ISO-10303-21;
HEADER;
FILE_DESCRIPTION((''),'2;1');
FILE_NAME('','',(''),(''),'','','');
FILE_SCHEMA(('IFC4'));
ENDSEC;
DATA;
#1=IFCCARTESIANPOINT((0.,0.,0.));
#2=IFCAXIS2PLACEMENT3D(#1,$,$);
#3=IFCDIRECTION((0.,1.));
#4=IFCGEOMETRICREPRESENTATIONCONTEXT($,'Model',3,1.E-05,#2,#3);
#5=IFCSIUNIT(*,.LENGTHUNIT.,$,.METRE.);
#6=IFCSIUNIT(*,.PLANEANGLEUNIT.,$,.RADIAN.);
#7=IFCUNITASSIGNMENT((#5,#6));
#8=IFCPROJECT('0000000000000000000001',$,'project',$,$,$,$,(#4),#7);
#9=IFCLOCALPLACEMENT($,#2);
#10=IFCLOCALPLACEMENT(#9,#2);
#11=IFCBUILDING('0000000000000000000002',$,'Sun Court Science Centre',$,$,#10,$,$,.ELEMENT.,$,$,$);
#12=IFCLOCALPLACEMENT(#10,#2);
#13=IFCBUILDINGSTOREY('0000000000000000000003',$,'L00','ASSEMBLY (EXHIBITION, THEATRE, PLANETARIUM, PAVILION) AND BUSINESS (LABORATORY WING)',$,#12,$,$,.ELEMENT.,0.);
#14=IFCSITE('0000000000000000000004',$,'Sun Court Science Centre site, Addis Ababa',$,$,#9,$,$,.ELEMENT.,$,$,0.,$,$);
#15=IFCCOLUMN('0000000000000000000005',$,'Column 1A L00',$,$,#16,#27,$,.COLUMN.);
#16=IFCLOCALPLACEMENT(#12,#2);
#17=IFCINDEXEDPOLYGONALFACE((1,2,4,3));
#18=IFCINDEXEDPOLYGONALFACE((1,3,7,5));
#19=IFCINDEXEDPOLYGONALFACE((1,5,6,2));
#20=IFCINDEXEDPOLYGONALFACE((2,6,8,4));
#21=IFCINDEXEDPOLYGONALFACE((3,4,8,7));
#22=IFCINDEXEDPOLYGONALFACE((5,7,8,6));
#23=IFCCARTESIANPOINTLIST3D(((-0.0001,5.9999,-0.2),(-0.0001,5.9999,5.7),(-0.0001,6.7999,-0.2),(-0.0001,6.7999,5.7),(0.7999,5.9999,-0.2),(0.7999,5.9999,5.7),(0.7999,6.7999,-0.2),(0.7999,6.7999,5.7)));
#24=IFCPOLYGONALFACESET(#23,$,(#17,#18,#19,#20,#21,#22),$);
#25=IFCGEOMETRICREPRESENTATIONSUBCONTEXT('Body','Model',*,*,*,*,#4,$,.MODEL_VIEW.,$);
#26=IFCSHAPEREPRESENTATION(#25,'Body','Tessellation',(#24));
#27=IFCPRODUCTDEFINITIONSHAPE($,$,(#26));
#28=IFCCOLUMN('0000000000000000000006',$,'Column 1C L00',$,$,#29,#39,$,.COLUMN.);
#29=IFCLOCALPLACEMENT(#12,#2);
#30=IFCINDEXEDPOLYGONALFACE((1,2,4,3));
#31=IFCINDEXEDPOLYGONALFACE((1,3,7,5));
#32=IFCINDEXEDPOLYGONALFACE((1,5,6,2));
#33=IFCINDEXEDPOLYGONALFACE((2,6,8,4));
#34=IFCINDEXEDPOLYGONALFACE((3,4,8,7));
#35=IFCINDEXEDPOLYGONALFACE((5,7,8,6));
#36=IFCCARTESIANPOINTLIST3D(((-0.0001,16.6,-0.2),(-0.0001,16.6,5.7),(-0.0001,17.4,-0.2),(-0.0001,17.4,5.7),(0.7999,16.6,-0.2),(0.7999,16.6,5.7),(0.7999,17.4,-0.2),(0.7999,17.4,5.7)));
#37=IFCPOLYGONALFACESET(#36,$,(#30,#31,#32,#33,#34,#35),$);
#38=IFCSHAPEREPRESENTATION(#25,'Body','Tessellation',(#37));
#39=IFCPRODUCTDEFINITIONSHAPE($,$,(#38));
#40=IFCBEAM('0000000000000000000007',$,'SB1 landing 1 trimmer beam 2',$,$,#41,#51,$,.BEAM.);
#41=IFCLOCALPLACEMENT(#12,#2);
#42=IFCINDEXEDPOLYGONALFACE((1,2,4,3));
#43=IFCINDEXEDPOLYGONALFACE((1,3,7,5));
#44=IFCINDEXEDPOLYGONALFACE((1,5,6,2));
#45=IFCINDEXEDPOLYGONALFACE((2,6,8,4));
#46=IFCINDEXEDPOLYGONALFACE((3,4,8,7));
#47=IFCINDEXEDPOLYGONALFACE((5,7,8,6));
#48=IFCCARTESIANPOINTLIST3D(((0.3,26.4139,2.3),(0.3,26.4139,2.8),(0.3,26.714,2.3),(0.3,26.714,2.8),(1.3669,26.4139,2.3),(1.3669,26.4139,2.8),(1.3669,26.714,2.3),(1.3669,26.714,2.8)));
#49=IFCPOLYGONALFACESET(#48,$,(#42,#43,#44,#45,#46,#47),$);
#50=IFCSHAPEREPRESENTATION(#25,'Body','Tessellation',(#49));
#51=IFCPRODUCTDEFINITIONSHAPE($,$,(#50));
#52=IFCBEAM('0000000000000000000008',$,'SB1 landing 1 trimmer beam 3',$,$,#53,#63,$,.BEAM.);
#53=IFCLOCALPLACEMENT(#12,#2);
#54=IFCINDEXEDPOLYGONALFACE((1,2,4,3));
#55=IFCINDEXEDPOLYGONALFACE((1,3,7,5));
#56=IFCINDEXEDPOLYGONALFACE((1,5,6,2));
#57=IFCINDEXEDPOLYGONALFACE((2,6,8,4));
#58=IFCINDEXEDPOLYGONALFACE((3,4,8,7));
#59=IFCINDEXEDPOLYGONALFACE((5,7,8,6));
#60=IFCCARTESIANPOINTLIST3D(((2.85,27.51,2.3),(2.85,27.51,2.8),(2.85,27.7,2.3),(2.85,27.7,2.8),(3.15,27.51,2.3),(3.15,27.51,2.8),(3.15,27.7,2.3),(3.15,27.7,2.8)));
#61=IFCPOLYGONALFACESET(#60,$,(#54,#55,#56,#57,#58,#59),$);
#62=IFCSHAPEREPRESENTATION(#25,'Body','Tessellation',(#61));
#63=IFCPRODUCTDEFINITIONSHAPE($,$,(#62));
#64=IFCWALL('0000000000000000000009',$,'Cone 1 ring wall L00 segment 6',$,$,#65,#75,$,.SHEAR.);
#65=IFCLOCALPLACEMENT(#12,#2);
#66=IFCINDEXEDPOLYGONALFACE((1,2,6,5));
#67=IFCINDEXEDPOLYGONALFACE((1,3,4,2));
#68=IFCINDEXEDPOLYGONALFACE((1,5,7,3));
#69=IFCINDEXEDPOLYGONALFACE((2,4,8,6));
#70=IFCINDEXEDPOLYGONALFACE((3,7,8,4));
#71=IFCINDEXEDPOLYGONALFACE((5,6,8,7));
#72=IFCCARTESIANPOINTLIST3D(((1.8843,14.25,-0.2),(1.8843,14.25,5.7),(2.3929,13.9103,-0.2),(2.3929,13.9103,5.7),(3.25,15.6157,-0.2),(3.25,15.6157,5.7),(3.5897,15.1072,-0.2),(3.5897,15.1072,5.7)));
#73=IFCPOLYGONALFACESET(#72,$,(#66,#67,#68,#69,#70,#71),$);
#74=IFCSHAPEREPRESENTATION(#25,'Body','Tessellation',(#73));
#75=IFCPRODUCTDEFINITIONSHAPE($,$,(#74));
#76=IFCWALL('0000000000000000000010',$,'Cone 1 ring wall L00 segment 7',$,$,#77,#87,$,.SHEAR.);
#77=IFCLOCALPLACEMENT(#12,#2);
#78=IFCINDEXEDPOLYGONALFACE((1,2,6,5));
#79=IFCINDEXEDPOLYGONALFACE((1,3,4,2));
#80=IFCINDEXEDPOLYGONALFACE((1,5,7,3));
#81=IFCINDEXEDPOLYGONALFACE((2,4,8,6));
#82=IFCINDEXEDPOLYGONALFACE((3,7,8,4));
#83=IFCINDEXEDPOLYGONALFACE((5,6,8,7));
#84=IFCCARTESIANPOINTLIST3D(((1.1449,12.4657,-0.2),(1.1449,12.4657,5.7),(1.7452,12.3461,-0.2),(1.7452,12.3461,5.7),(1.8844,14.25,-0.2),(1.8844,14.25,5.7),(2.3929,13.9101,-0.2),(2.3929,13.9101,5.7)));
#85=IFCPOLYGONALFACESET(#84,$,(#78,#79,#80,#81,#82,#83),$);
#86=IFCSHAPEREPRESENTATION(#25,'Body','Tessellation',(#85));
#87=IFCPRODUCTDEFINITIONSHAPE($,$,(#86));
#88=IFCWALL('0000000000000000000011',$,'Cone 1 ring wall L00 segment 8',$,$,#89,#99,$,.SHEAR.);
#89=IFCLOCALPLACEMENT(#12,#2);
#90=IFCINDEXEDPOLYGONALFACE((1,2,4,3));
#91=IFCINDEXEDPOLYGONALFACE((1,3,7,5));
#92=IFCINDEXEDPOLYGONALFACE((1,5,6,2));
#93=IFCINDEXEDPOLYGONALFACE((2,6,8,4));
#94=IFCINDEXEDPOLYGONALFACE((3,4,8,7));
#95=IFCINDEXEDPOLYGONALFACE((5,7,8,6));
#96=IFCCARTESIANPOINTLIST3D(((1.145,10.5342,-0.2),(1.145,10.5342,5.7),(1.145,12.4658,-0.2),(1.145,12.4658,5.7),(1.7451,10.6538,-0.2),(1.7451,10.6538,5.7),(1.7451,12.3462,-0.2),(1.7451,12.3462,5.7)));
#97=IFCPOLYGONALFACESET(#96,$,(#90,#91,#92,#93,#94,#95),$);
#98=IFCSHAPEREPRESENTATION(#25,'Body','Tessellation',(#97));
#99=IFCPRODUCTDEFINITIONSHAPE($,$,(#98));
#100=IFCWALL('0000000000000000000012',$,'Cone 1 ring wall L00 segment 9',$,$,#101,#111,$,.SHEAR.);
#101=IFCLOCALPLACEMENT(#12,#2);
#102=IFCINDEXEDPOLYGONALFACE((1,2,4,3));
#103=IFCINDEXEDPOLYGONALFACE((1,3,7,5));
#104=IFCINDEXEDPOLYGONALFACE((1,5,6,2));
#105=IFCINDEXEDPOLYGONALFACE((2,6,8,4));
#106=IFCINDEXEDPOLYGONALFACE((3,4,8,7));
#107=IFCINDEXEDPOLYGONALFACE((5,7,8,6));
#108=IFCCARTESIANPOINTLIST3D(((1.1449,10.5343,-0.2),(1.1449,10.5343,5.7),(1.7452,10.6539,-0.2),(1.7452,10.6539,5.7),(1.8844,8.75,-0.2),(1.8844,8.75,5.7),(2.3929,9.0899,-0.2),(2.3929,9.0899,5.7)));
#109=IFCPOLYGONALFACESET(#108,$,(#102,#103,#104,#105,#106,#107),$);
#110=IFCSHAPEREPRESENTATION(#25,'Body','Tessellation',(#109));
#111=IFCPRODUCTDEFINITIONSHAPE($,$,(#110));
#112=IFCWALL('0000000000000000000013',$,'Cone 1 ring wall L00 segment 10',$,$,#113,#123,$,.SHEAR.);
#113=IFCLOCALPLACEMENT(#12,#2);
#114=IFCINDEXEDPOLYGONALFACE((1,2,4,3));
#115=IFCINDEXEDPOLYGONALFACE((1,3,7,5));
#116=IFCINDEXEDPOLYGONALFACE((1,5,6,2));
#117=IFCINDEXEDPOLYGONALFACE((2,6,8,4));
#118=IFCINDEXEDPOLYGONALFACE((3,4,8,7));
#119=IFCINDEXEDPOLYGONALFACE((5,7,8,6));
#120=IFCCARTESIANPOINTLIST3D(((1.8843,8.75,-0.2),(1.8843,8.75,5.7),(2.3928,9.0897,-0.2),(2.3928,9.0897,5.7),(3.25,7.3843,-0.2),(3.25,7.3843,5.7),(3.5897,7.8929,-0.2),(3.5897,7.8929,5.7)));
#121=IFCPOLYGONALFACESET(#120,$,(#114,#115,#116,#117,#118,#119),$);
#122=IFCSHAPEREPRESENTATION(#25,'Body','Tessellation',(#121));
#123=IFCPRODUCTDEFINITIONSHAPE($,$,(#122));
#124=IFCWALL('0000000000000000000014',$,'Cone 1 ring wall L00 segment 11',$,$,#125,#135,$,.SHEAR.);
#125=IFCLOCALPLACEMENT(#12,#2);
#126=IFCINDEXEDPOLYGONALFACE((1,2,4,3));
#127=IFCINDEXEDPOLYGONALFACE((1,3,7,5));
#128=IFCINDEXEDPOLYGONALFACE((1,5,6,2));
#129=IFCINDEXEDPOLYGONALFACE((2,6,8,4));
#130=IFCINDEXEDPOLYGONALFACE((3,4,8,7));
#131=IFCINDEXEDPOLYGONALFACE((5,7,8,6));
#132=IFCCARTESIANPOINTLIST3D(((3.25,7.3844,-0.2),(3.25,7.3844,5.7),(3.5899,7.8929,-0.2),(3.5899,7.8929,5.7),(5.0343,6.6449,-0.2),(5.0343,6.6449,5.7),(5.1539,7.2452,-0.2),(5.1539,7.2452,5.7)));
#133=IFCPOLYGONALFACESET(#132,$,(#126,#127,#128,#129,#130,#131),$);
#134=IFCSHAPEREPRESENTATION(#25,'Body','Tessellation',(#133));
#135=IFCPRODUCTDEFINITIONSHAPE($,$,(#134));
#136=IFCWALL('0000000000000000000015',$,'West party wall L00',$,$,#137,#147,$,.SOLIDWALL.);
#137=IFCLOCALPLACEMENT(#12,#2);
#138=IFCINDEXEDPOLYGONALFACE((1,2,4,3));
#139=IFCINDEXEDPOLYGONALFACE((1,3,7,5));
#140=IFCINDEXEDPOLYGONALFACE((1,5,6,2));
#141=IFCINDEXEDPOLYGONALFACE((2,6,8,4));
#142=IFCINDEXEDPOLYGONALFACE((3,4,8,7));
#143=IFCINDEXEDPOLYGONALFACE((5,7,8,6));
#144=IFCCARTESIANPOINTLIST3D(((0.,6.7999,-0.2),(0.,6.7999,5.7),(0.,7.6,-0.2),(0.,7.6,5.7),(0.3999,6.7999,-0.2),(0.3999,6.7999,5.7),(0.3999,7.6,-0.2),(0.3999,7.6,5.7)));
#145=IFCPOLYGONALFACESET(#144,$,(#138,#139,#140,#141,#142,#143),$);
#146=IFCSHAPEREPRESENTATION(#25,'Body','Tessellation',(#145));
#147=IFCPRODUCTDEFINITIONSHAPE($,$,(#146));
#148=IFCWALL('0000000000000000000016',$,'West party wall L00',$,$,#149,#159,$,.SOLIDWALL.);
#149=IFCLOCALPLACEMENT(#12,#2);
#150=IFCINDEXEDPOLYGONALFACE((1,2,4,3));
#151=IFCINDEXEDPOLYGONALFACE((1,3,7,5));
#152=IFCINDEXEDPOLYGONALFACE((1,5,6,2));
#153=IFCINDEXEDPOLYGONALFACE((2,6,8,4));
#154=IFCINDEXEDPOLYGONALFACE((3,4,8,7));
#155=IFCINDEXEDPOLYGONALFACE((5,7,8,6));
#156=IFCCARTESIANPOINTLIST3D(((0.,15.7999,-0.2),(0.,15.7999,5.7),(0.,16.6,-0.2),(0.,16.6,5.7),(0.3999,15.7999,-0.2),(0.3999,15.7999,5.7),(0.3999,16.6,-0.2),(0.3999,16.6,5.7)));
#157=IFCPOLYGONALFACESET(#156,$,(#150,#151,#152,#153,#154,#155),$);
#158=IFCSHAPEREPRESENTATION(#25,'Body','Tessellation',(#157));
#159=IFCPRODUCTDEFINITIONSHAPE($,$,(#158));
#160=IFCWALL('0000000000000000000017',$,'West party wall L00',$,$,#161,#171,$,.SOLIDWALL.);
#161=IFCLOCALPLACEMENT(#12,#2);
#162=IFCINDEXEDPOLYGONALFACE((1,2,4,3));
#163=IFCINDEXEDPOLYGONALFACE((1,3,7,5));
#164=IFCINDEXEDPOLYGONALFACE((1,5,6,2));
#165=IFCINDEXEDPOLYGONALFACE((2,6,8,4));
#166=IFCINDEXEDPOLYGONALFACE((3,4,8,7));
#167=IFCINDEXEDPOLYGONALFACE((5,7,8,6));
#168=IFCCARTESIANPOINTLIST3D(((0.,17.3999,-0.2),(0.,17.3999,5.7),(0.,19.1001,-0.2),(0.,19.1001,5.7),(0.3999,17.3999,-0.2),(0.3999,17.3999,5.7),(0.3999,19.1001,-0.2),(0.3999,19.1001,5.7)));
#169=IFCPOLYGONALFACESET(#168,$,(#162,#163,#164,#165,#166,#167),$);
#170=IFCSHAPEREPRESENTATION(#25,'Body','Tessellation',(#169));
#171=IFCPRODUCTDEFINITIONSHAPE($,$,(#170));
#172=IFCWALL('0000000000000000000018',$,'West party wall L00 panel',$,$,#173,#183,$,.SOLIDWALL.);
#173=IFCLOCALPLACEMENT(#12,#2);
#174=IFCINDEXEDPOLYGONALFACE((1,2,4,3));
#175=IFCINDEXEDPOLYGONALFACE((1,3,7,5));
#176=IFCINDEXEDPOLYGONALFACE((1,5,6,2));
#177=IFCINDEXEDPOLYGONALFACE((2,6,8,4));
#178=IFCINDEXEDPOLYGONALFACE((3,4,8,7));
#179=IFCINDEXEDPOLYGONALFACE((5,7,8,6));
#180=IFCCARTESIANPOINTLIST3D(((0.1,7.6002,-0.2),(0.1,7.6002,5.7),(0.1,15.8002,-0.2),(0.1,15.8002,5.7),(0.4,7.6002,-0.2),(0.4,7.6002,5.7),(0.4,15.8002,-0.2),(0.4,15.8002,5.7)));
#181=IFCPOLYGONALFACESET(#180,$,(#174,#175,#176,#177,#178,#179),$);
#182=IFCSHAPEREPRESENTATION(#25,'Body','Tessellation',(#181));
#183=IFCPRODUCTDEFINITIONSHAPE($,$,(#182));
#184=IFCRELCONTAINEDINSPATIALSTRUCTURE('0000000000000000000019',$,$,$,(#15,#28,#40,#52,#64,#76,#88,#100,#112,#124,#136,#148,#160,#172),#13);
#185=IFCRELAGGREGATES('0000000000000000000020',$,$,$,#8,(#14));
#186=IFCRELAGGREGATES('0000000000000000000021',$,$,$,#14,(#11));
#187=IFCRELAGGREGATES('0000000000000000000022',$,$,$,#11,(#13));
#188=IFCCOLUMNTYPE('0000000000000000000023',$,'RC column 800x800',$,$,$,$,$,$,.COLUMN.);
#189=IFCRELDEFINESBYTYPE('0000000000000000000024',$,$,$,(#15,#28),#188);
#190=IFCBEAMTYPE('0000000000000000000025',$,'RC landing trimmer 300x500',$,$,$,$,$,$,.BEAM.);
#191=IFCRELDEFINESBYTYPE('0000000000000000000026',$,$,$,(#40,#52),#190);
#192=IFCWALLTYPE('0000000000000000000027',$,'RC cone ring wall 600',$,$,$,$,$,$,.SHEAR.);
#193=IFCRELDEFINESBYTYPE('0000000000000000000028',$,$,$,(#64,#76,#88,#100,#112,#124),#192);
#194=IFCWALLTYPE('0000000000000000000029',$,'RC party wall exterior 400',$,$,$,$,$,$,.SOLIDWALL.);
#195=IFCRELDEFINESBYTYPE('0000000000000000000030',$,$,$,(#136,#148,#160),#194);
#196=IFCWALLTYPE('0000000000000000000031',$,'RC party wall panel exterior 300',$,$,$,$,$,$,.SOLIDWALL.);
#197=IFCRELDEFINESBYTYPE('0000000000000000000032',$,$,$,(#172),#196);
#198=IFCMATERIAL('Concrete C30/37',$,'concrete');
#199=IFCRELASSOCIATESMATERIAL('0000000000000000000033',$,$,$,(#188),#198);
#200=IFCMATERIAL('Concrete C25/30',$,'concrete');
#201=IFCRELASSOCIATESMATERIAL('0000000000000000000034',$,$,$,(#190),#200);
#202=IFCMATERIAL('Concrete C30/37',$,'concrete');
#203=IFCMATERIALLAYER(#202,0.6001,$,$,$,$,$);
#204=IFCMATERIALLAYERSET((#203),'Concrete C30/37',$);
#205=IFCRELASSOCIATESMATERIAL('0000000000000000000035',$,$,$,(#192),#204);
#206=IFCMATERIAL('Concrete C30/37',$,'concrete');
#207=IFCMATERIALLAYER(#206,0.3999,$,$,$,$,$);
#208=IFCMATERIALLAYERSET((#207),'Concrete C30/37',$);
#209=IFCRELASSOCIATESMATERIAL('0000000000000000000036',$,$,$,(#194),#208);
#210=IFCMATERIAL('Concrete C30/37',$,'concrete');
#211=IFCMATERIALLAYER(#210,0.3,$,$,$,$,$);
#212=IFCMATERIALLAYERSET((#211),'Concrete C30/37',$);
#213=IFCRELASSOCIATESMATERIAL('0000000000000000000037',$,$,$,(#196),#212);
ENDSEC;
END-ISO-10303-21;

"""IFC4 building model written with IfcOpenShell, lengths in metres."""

from ifc_helpers import new_model, si_unit, direction, frame, frame_2d, origin, origin_2d, place, context, subcontext, project, spatial, polyline, rectangle, outline, extrude, material, layer, layer_set, material_profile, profile_set, type_object, element, save


model = new_model("IFC4")

# Units and contexts
model_context = context("Model", 3, precision=1e-05, world=origin(), true_north=direction((0.0, 1.0)))
body_context = subcontext(model_context, "Body", "Model", "MODEL_VIEW")
ifc_project = project(units=[si_unit("LENGTHUNIT", "METRE"), si_unit("PLANEANGLEUNIT", "RADIAN")], contexts=[model_context])

# Site, building, storey
site_placement = place(None, origin())
site = spatial("IfcSite", under=ifc_project, at=site_placement, Name="Sun Court Science Centre site, Addis Ababa", CompositionType="ELEMENT", RefElevation=0.0)
building_placement = place(site_placement, origin())
building = spatial("IfcBuilding", under=site, at=building_placement, Name="Sun Court Science Centre", CompositionType="ELEMENT")
storey_placement = place(building_placement, origin())
storey = spatial("IfcBuildingStorey", under=building, at=storey_placement, Name="L00", Description="ASSEMBLY (EXHIBITION, THEATRE, PLANETARIUM, PAVILION) AND BUSINESS (LABORATORY WING)", CompositionType="ELEMENT", Elevation=0.0)

# Columns
ifc_material_1 = material(Name="Concrete C30/37", Category="concrete")
ifc_material_profile_1 = material_profile(ifc_material_1, rectangle(XDim=0.8, YDim=0.8, at=origin_2d()), Name="RC 800x800")
ifc_profile_set_1 = profile_set([ifc_material_profile_1], Name="Concrete C30/37")
column_type = type_object("IfcColumnType", Name="RC column 800x800", PredefinedType="COLUMN", material=ifc_profile_set_1)
for number, where, z_axis, x_axis, name in (
    (1, (0.3999, 6.3999, -0.2), (0.0, 0.0, 1.0), (1.0, 0.0, 0.0), "Column 1A L00"),
    (2, (0.3999, 17.0, -0.2), (0.0, 0.0, 1.0), (1.0, 0.0, 0.0), "Column 1C L00"),
):
    element("IfcColumn", number, at=place(storey_placement, frame(where, z_axis=z_axis, x_axis=x_axis)), inside=storey, type_object=column_type, Name=name, PredefinedType="COLUMN", context=body_context, shape_type="SweptSolid", body=[
        extrude(rectangle(XDim=0.8, YDim=0.8, at=origin_2d()), origin(), (0.0, 0.0, 1.0), 5.8999),
    ])

# Beams
ifc_material_2 = material(Name="Concrete C25/30", Category="concrete")
ifc_material_profile_2 = material_profile(ifc_material_2, rectangle(XDim=0.3, YDim=0.5, at=origin_2d()), Name="RC 300x500")
ifc_profile_set_2 = profile_set([ifc_material_profile_2], Name="Concrete C25/30")
beam_type = type_object("IfcBeamType", Name="RC landing trimmer 300x500", PredefinedType="BEAM", material=ifc_profile_set_2)
beam_1_placement = place(storey_placement, frame((0.3, 26.564, 2.55), z_axis=(1.0, 0.0, 0.0), x_axis=(0.0, 1.0, 0.0)))
element("IfcBeam", 3, at=beam_1_placement, inside=storey, type_object=beam_type, Name="SB1 landing 1 trimmer beam 2", PredefinedType="BEAM", context=body_context, shape_type="SweptSolid", body=[
    extrude(rectangle(XDim=0.3, YDim=0.5, at=origin_2d()), origin(), (0.0, 0.0, 1.0), 1.0669),
])
beam_2_placement = place(storey_placement, frame((3.0, 27.7, 2.55), z_axis=(0.0, -1.0, 0.0), x_axis=(1.0, 0.0, 0.0)))
element("IfcBeam", 4, at=beam_2_placement, inside=storey, type_object=beam_type, Name="SB1 landing 1 trimmer beam 3", PredefinedType="BEAM", context=body_context, shape_type="SweptSolid", body=[
    extrude(rectangle(XDim=0.3, YDim=0.5, at=origin_2d()), origin(), (0.0, 0.0, 1.0), 0.1899),
])

# Walls
ifc_material_3 = material(Name="Concrete C30/37", Category="concrete")
ifc_layer_1 = layer(ifc_material_3, 0.6001)
ifc_layer_set_1 = layer_set([ifc_layer_1], Name="Concrete C30/37")
wall_type_1 = type_object("IfcWallType", Name="RC cone ring wall 600", PredefinedType="SHEAR", material=ifc_layer_set_1)
wall_1_placement = place(storey_placement, frame((3.4622, 15.4036, -0.2), z_axis=(0.0, 0.0, 1.0), x_axis=(-0.707107, -0.707107, 0.0)))
element("IfcWall", 5, at=wall_1_placement, inside=storey, type_object=wall_type_1, Name="Cone 1 ring wall L00 segment 6", PredefinedType="SHEAR", context=body_context, shape_type="SweptSolid", body=[
    extrude(outline(polyline([(0.0, -0.3), (1.9314, -0.3), (1.812, 0.2998), (0.1194, 0.2998), (0.0, -0.3)])), origin(), (0.0, 0.0, 1.0), 5.8999),
])
wall_2_placement = place(storey_placement, frame((2.1614, 14.1353, -0.2), z_axis=(0.0, 0.0, 1.0), x_axis=(-0.382631, -0.923901, 0.0)))
element("IfcWall", 6, at=wall_2_placement, inside=storey, type_object=wall_type_1, Name="Cone 1 ring wall L00 segment 7", PredefinedType="SHEAR", context=body_context, shape_type="SweptSolid", body=[
    extrude(outline(polyline([(0.0, -0.2998), (1.9314, -0.3003), (1.8123, 0.3), (0.1194, 0.3), (0.0, -0.2998)])), origin(), (0.0, 0.0, 1.0), 5.8999),
])
wall_3_placement = place(storey_placement, frame((1.4451, 12.4656, -0.2), z_axis=(0.0, 0.0, 1.0), x_axis=(0.0, -1.0, 0.0)))
element("IfcWall", 7, at=wall_3_placement, inside=storey, type_object=wall_type_1, Name="Cone 1 ring wall L00 segment 8", PredefinedType="SHEAR", context=body_context, shape_type="SweptSolid", body=[
    extrude(outline(polyline([(-0.0002, -0.3), (1.9314, -0.3), (1.8118, 0.3), (0.1194, 0.3), (-0.0002, -0.3)])), origin(), (0.0, 0.0, 1.0), 5.8999),
])
wall_4_placement = place(storey_placement, frame((1.4224, 10.6492, -0.2), z_axis=(0.0, 0.0, 1.0), x_axis=(0.382631, -0.923901, 0.0)))
element("IfcWall", 8, at=wall_4_placement, inside=storey, type_object=wall_type_1, Name="Cone 1 ring wall L00 segment 9", PredefinedType="SHEAR", context=body_context, shape_type="SweptSolid", body=[
    extrude(outline(polyline([(0.0, -0.3003), (1.9314, -0.2998), (1.812, 0.3), (0.1191, 0.3), (0.0, -0.3003)])), origin(), (0.0, 0.0, 1.0), 5.8999),
])
wall_5_placement = place(storey_placement, frame((2.0964, 8.9622, -0.2), z_axis=(0.0, 0.0, 1.0), x_axis=(0.707107, -0.707107, 0.0)))
element("IfcWall", 9, at=wall_5_placement, inside=storey, type_object=wall_type_1, Name="Cone 1 ring wall L00 segment 10", PredefinedType="SHEAR", context=body_context, shape_type="SweptSolid", body=[
    extrude(outline(polyline([(0.0, -0.3), (1.9314, -0.3), (1.812, 0.2998), (0.1194, 0.2998), (0.0, -0.3)])), origin(), (0.0, 0.0, 1.0), 5.8999),
])
wall_6_placement = place(storey_placement, frame((3.3647, 7.6614, -0.2), z_axis=(0.0, 0.0, 1.0), x_axis=(0.923901, -0.382631, 0.0)))
element("IfcWall", 10, at=wall_6_placement, inside=storey, type_object=wall_type_1, Name="Cone 1 ring wall L00 segment 11", PredefinedType="SHEAR", context=body_context, shape_type="SweptSolid", body=[
    extrude(outline(polyline([(0.0, -0.2998), (1.9314, -0.3003), (1.8123, 0.3), (0.1194, 0.3), (0.0, -0.2998)])), origin(), (0.0, 0.0, 1.0), 5.8999),
])
ifc_material_4 = material(Name="Concrete C30/37", Category="concrete")
ifc_layer_2 = layer(ifc_material_4, 0.3999)
ifc_layer_set_2 = layer_set([ifc_layer_2], Name="Concrete C30/37")
wall_type_2 = type_object("IfcWallType", Name="RC party wall exterior 400", PredefinedType="SOLIDWALL", material=ifc_layer_set_2)
for number, where, z_axis, x_axis, name in (
    (11, (0.2, 6.8, -0.2), (0.0, 0.0, 1.0), (0.0, 1.0, 0.0), "West party wall L00"),
    (12, (0.2, 15.8, -0.2), (0.0, 0.0, 1.0), (0.0, 1.0, 0.0), "West party wall L00"),
):
    element("IfcWall", number, at=place(storey_placement, frame(where, z_axis=z_axis, x_axis=x_axis)), inside=storey, type_object=wall_type_2, Name=name, PredefinedType="SOLIDWALL", context=body_context, shape_type="SweptSolid", body=[
        extrude(rectangle(XDim=0.8, YDim=0.3999, at=frame_2d((0.3999, 0.0))), origin(), (0.0, 0.0, 1.0), 5.8999),
    ])
wall_7_placement = place(storey_placement, frame((0.2, 17.3999, -0.2), z_axis=(0.0, 0.0, 1.0), x_axis=(0.0, 1.0, 0.0)))
element("IfcWall", 13, at=wall_7_placement, inside=storey, type_object=wall_type_2, Name="West party wall L00", PredefinedType="SOLIDWALL", context=body_context, shape_type="SweptSolid", body=[
    extrude(rectangle(XDim=1.7002, YDim=0.3999, at=frame_2d((0.8501, 0.0))), origin(), (0.0, 0.0, 1.0), 5.8999),
])
ifc_material_5 = material(Name="Concrete C30/37", Category="concrete")
ifc_layer_3 = layer(ifc_material_5, 0.3)
ifc_layer_set_3 = layer_set([ifc_layer_3], Name="Concrete C30/37")
wall_type_3 = type_object("IfcWallType", Name="RC party wall panel exterior 300", PredefinedType="SOLIDWALL", material=ifc_layer_set_3)
wall_8_placement = place(storey_placement, frame((0.25, 7.6001, -0.2), z_axis=(0.0, 0.0, 1.0), x_axis=(0.0, 1.0, 0.0)))
element("IfcWall", 14, at=wall_8_placement, inside=storey, type_object=wall_type_3, Name="West party wall L00 panel", PredefinedType="SOLIDWALL", context=body_context, shape_type="SweptSolid", body=[
    extrude(rectangle(XDim=8.2, YDim=0.3, at=frame_2d((4.1001, 0.0))), origin(), (0.0, 0.0, 1.0), 5.8999),
])

save(model, "model.ifc")
